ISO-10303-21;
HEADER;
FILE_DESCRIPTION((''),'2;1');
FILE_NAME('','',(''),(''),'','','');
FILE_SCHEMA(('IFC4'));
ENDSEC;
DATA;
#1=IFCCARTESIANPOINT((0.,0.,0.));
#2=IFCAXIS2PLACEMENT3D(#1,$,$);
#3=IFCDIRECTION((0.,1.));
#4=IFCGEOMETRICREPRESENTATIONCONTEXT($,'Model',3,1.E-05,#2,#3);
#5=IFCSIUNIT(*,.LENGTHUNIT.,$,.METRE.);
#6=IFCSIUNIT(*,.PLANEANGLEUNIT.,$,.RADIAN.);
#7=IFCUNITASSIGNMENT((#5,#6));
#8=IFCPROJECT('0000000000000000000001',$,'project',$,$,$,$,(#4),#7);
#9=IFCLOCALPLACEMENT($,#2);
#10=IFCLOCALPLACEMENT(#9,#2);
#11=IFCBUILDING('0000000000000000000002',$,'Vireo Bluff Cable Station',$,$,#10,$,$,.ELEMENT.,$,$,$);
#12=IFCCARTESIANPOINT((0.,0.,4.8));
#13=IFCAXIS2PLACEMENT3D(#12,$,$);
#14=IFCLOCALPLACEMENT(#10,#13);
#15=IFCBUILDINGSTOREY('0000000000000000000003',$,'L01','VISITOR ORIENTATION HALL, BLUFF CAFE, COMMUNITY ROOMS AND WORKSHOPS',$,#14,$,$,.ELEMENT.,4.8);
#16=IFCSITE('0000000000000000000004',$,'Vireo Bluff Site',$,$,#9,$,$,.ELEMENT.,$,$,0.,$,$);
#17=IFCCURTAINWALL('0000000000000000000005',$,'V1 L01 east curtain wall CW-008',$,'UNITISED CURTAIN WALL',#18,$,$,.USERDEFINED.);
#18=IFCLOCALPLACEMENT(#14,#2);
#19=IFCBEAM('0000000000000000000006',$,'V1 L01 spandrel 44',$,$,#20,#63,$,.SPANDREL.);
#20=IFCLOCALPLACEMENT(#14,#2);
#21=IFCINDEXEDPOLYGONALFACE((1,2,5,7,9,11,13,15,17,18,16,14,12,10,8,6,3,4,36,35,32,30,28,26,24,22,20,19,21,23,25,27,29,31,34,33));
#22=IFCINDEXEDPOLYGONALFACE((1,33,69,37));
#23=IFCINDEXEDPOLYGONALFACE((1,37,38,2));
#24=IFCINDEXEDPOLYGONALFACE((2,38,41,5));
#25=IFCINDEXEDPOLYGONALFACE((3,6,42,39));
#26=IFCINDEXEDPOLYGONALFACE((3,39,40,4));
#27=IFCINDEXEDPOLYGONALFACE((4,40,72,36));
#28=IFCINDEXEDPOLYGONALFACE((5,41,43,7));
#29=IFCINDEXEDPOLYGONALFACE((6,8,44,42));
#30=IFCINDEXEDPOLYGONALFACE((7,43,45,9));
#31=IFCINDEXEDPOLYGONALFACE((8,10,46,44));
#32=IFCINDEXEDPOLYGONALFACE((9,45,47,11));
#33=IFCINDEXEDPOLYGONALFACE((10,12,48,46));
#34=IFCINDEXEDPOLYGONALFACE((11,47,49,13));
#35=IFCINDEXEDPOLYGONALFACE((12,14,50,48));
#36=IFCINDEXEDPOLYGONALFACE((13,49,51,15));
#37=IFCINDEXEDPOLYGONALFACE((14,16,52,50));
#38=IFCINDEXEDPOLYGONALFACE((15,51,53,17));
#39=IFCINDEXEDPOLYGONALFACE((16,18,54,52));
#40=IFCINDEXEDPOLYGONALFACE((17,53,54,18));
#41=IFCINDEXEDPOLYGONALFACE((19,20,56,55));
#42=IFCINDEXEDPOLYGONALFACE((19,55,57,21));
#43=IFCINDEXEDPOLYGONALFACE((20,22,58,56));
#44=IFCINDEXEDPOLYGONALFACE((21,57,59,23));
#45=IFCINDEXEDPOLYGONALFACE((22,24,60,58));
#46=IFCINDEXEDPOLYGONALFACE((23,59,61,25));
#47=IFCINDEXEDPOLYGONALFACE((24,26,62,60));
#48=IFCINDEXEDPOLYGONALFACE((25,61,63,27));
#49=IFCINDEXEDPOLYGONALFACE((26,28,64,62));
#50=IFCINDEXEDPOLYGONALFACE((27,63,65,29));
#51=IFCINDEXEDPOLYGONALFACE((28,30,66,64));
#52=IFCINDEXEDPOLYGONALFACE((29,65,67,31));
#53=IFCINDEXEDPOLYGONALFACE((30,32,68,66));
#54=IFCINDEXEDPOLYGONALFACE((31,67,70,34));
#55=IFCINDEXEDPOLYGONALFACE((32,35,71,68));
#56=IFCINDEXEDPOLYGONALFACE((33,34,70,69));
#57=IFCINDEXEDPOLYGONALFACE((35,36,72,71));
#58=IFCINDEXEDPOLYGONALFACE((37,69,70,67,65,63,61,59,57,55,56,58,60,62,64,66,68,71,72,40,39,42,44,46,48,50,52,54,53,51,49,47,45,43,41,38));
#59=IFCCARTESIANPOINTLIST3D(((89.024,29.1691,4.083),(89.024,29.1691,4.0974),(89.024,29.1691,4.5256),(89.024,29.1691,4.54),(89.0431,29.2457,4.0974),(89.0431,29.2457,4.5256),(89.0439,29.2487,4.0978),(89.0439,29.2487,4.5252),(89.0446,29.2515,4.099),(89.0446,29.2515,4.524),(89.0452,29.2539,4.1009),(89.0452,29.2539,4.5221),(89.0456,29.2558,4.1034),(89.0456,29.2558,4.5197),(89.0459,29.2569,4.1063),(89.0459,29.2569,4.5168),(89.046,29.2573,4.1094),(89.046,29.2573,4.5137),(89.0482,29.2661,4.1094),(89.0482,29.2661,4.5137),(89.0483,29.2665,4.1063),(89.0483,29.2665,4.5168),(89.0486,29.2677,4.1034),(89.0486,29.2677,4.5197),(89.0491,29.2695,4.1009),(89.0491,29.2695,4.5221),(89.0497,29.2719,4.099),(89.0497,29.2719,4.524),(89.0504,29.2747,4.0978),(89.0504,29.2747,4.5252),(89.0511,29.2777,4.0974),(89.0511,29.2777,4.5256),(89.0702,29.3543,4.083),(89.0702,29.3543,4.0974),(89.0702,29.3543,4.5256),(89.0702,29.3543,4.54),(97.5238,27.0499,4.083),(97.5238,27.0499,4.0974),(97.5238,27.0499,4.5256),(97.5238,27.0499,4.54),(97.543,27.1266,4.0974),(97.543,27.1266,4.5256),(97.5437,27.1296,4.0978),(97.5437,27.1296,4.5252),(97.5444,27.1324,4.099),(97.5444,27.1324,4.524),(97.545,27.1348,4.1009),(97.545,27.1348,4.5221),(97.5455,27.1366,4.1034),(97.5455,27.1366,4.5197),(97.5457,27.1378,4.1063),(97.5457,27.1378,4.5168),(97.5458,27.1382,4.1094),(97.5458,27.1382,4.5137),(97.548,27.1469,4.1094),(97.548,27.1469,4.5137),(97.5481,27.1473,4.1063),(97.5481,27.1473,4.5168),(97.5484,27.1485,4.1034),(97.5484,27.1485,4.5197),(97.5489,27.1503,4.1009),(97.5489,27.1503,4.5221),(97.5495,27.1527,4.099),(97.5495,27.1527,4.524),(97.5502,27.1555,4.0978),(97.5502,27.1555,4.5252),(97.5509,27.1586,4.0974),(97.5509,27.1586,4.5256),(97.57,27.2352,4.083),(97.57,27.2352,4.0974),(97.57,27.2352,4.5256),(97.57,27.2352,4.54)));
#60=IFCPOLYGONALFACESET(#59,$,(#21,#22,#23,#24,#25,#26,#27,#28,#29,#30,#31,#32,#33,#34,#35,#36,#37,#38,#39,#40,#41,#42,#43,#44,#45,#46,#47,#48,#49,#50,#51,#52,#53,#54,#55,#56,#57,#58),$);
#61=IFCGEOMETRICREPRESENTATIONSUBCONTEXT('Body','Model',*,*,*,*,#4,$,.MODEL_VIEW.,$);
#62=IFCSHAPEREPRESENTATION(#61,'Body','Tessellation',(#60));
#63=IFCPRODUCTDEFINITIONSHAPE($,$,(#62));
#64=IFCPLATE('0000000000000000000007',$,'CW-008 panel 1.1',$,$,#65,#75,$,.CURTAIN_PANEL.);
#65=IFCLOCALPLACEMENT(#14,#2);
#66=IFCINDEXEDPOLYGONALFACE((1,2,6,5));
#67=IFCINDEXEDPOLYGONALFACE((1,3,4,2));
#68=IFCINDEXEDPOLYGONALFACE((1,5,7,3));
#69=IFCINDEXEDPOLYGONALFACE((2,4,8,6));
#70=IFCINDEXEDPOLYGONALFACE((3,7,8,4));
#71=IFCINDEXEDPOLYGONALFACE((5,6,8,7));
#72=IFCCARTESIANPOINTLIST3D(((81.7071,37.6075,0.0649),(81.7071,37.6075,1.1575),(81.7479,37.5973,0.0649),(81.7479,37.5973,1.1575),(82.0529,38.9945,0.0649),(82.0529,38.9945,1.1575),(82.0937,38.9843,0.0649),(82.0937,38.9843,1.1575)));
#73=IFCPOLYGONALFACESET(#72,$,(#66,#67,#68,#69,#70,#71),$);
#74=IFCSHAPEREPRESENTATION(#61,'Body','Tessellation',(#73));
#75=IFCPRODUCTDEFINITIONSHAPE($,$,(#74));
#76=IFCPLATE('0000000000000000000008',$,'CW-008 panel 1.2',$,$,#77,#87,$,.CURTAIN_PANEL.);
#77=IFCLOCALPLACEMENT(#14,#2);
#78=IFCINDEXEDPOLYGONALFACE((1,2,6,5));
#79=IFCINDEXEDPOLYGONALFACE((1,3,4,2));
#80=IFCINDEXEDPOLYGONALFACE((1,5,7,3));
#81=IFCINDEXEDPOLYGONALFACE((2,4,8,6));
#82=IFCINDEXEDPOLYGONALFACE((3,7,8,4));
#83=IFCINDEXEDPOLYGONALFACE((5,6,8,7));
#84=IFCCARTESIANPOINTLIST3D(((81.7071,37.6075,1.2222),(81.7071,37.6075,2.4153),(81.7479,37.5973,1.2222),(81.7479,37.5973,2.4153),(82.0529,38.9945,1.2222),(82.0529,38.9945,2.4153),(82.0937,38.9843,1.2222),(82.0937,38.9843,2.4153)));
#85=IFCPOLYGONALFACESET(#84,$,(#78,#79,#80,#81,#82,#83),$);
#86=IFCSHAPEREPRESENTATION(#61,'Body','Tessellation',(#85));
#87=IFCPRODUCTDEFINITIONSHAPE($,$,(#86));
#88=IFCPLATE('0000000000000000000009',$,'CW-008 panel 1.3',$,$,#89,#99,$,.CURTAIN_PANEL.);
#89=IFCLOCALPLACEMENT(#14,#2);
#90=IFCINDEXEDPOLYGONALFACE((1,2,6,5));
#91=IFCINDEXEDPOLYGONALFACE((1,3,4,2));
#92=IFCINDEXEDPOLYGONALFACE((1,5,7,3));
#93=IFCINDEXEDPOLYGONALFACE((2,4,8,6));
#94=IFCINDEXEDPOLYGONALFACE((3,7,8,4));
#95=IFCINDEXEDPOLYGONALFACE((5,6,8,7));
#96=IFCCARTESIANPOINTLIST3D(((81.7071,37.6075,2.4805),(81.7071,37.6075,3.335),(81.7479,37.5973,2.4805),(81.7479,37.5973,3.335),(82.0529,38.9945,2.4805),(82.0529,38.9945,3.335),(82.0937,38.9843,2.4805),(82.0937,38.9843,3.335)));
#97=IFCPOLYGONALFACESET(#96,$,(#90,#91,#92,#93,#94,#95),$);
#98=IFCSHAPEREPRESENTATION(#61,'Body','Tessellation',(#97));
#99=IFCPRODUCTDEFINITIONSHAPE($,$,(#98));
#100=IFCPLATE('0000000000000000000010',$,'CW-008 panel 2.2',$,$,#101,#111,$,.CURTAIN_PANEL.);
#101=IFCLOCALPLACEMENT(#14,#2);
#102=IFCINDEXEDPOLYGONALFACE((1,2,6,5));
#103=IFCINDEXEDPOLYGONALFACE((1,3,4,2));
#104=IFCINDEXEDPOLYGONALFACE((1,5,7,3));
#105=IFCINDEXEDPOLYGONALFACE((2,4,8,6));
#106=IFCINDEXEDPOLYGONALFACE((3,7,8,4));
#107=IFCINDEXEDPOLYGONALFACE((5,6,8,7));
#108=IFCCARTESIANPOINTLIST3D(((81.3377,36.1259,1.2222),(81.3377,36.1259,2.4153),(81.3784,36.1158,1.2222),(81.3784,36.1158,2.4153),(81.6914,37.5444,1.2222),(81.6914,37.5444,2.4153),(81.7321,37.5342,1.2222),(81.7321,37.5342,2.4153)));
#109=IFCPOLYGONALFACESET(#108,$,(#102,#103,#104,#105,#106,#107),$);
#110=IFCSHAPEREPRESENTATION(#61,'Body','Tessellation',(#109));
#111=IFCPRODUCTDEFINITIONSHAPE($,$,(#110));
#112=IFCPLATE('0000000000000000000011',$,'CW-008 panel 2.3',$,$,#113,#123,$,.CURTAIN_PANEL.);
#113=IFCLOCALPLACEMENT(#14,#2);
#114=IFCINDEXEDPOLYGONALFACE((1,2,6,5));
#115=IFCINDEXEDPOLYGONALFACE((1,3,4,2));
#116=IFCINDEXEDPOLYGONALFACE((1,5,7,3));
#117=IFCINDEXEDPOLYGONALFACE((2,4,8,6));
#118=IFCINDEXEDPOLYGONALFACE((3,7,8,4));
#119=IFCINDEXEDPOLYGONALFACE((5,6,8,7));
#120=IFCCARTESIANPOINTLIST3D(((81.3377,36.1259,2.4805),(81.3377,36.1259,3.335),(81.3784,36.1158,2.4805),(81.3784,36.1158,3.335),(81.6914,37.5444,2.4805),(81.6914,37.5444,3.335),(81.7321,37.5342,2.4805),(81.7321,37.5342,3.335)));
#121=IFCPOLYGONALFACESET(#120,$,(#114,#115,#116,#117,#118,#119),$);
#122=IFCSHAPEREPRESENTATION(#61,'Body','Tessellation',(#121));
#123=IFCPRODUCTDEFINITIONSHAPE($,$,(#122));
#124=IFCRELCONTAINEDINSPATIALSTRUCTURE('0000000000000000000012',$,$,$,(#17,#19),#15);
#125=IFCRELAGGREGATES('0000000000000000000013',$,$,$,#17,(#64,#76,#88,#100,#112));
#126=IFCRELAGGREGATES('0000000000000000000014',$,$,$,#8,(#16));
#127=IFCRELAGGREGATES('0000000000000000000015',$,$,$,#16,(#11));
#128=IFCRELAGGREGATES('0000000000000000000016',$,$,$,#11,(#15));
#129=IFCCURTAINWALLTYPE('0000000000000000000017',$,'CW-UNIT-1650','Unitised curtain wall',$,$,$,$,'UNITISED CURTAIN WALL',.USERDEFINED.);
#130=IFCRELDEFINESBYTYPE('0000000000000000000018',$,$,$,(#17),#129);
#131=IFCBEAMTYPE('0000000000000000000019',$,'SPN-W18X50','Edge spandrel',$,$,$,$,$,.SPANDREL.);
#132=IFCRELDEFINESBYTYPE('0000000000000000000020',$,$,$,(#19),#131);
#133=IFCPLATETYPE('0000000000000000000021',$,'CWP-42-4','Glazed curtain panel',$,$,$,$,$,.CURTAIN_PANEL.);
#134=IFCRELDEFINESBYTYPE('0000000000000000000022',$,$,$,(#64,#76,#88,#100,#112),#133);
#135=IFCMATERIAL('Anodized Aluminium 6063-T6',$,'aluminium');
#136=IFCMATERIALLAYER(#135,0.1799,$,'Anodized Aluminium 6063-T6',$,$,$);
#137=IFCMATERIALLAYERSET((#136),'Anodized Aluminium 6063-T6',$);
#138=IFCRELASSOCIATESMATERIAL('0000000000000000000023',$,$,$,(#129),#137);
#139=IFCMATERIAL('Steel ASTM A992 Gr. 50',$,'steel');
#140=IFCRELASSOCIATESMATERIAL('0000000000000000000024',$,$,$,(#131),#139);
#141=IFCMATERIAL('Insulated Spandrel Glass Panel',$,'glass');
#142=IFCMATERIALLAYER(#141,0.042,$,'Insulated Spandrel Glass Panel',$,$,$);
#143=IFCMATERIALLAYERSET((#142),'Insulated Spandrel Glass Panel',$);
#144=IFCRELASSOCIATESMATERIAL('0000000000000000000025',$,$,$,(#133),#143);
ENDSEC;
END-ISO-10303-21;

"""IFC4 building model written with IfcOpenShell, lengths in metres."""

from ifc_helpers import new_model, si_unit, direction, frame, origin, origin_2d, place, context, subcontext, project, spatial, rectangle, i_section, extrude, material, layer, layer_set, material_profile, profile_set, type_object, element, aggregate, save


model = new_model("IFC4")

# Units and contexts
model_context = context("Model", 3, precision=1e-05, world=origin(), true_north=direction((0.0, 1.0)))
body_context = subcontext(model_context, "Body", "Model", "MODEL_VIEW")
ifc_project = project(units=[si_unit("LENGTHUNIT", "METRE"), si_unit("PLANEANGLEUNIT", "RADIAN")], contexts=[model_context])

# Site, building, storey
site_placement = place(None, origin())
site = spatial("IfcSite", under=ifc_project, at=site_placement, Name="Vireo Bluff Site", CompositionType="ELEMENT", RefElevation=0.0)
building_placement = place(site_placement, origin())
building = spatial("IfcBuilding", under=site, at=building_placement, Name="Vireo Bluff Cable Station", CompositionType="ELEMENT")
storey_placement = place(building_placement, frame((0.0, 0.0, 4.8)))
storey = spatial("IfcBuildingStorey", under=building, at=storey_placement, Name="L01", Description="VISITOR ORIENTATION HALL, BLUFF CAFE, COMMUNITY ROOMS AND WORKSHOPS", CompositionType="ELEMENT", Elevation=4.8)

# Shared definitions
ifc_material_1 = material(Name="Steel ASTM A992 Gr. 50", Category="steel")

# Curtain wall
ifc_material_2 = material(Name="Anodized Aluminium 6063-T6", Category="aluminium")
ifc_layer_1 = layer(ifc_material_2, 0.1799, Name="Anodized Aluminium 6063-T6")
ifc_layer_set_1 = layer_set([ifc_layer_1], Name="Anodized Aluminium 6063-T6")
curtain_wall_type = type_object("IfcCurtainWallType", Name="CW-UNIT-1650", Description="Unitised curtain wall", ElementType="UNITISED CURTAIN WALL", PredefinedType="USERDEFINED", material=ifc_layer_set_1)
curtain_wall_placement = place(storey_placement, origin())
curtain_wall = element("IfcCurtainWall", 1, at=curtain_wall_placement, inside=storey, type_object=curtain_wall_type, Name="V1 L01 east curtain wall CW-008", ObjectType="UNITISED CURTAIN WALL", PredefinedType="USERDEFINED")

# Beam
ifc_material_profile_1 = material_profile(ifc_material_1, i_section(OverallWidth=0.1909, OverallDepth=0.457, WebThickness=0.009, FlangeThickness=0.0144, FilletRadius=0.012, at=origin_2d()), Name="W18X50")
ifc_profile_set_1 = profile_set([ifc_material_profile_1], Name="Steel ASTM A992 Gr. 50")
beam_type_1 = type_object("IfcBeamType", Name="SPN-W18X50", Description="Edge spandrel", PredefinedType="SPANDREL", material=ifc_profile_set_1)
beam_1_placement = place(storey_placement, frame((89.0471, 29.2617, 4.3115), z_axis=(0.970298, -0.241913, 0.0), x_axis=(0.241913, 0.970298, 0.0)))
element("IfcBeam", 2, at=beam_1_placement, inside=storey, type_object=beam_type_1, Name="V1 L01 spandrel 44", PredefinedType="SPANDREL", context=body_context, shape_type="SweptSolid", body=[
    extrude(i_section(OverallWidth=0.1909, OverallDepth=0.457, WebThickness=0.009, FlangeThickness=0.0144, FilletRadius=0.012, at=origin_2d()), origin(), (0.0, 0.0, 1.0), 8.76),
])

# Plates
ifc_material_3 = material(Name="Insulated Spandrel Glass Panel", Category="glass")
ifc_layer_2 = layer(ifc_material_3, 0.042, Name="Insulated Spandrel Glass Panel")
ifc_layer_set_2 = layer_set([ifc_layer_2], Name="Insulated Spandrel Glass Panel")
plate_type = type_object("IfcPlateType", Name="CWP-42-4", Description="Glazed curtain panel", PredefinedType="CURTAIN_PANEL", material=ifc_layer_set_2)
plate_1_placement = place(storey_placement, frame((81.9004, 38.2959, 0.0649), z_axis=(0.0, 0.0, 1.0), x_axis=(-0.241922, -0.970296, 0.0)))
plate_1 = element("IfcPlate", 3, at=plate_1_placement, type_object=plate_type, Name="CW-008 panel 1.1", PredefinedType="CURTAIN_PANEL", context=body_context, shape_type="SweptSolid", body=[
    extrude(rectangle(XDim=1.4294, YDim=0.042, at=origin_2d()), origin(), (0.0, 0.0, 1.0), 1.0925),
])
plate_2_placement = place(storey_placement, frame((81.9004, 38.2959, 1.2222), z_axis=(0.0, 0.0, 1.0), x_axis=(-0.241922, -0.970296, 0.0)))
plate_2 = element("IfcPlate", 4, at=plate_2_placement, type_object=plate_type, Name="CW-008 panel 1.2", PredefinedType="CURTAIN_PANEL", context=body_context, shape_type="SweptSolid", body=[
    extrude(rectangle(XDim=1.4294, YDim=0.042, at=origin_2d()), origin(), (0.0, 0.0, 1.0), 1.1931),
])
plate_3_placement = place(storey_placement, frame((81.9004, 38.2959, 2.4805), z_axis=(0.0, 0.0, 1.0), x_axis=(-0.241922, -0.970296, 0.0)))
plate_3 = element("IfcPlate", 5, at=plate_3_placement, type_object=plate_type, Name="CW-008 panel 1.3", PredefinedType="CURTAIN_PANEL", context=body_context, shape_type="SweptSolid", body=[
    extrude(rectangle(XDim=1.4294, YDim=0.042, at=origin_2d()), origin(), (0.0, 0.0, 1.0), 0.8545),
])
plate_4_placement = place(storey_placement, frame((81.5349, 36.8301, 1.2222), z_axis=(0.0, 0.0, 1.0), x_axis=(-0.241922, -0.970296, 0.0)))
plate_4 = element("IfcPlate", 6, at=plate_4_placement, type_object=plate_type, Name="CW-008 panel 2.2", PredefinedType="CURTAIN_PANEL", context=body_context, shape_type="SweptSolid", body=[
    extrude(rectangle(XDim=1.4619, YDim=0.042, at=origin_2d()), origin(), (0.0, 0.0, 1.0), 1.1931),
])
plate_5_placement = place(storey_placement, frame((81.5349, 36.8301, 2.4805), z_axis=(0.0, 0.0, 1.0), x_axis=(-0.241922, -0.970296, 0.0)))
plate_5 = element("IfcPlate", 7, at=plate_5_placement, type_object=plate_type, Name="CW-008 panel 2.3", PredefinedType="CURTAIN_PANEL", context=body_context, shape_type="SweptSolid", body=[
    extrude(rectangle(XDim=1.4619, YDim=0.042, at=origin_2d()), origin(), (0.0, 0.0, 1.0), 0.8545),
])
aggregate(curtain_wall, [plate_1, plate_2, plate_3, plate_4, plate_5])

save(model, "model.ifc")
